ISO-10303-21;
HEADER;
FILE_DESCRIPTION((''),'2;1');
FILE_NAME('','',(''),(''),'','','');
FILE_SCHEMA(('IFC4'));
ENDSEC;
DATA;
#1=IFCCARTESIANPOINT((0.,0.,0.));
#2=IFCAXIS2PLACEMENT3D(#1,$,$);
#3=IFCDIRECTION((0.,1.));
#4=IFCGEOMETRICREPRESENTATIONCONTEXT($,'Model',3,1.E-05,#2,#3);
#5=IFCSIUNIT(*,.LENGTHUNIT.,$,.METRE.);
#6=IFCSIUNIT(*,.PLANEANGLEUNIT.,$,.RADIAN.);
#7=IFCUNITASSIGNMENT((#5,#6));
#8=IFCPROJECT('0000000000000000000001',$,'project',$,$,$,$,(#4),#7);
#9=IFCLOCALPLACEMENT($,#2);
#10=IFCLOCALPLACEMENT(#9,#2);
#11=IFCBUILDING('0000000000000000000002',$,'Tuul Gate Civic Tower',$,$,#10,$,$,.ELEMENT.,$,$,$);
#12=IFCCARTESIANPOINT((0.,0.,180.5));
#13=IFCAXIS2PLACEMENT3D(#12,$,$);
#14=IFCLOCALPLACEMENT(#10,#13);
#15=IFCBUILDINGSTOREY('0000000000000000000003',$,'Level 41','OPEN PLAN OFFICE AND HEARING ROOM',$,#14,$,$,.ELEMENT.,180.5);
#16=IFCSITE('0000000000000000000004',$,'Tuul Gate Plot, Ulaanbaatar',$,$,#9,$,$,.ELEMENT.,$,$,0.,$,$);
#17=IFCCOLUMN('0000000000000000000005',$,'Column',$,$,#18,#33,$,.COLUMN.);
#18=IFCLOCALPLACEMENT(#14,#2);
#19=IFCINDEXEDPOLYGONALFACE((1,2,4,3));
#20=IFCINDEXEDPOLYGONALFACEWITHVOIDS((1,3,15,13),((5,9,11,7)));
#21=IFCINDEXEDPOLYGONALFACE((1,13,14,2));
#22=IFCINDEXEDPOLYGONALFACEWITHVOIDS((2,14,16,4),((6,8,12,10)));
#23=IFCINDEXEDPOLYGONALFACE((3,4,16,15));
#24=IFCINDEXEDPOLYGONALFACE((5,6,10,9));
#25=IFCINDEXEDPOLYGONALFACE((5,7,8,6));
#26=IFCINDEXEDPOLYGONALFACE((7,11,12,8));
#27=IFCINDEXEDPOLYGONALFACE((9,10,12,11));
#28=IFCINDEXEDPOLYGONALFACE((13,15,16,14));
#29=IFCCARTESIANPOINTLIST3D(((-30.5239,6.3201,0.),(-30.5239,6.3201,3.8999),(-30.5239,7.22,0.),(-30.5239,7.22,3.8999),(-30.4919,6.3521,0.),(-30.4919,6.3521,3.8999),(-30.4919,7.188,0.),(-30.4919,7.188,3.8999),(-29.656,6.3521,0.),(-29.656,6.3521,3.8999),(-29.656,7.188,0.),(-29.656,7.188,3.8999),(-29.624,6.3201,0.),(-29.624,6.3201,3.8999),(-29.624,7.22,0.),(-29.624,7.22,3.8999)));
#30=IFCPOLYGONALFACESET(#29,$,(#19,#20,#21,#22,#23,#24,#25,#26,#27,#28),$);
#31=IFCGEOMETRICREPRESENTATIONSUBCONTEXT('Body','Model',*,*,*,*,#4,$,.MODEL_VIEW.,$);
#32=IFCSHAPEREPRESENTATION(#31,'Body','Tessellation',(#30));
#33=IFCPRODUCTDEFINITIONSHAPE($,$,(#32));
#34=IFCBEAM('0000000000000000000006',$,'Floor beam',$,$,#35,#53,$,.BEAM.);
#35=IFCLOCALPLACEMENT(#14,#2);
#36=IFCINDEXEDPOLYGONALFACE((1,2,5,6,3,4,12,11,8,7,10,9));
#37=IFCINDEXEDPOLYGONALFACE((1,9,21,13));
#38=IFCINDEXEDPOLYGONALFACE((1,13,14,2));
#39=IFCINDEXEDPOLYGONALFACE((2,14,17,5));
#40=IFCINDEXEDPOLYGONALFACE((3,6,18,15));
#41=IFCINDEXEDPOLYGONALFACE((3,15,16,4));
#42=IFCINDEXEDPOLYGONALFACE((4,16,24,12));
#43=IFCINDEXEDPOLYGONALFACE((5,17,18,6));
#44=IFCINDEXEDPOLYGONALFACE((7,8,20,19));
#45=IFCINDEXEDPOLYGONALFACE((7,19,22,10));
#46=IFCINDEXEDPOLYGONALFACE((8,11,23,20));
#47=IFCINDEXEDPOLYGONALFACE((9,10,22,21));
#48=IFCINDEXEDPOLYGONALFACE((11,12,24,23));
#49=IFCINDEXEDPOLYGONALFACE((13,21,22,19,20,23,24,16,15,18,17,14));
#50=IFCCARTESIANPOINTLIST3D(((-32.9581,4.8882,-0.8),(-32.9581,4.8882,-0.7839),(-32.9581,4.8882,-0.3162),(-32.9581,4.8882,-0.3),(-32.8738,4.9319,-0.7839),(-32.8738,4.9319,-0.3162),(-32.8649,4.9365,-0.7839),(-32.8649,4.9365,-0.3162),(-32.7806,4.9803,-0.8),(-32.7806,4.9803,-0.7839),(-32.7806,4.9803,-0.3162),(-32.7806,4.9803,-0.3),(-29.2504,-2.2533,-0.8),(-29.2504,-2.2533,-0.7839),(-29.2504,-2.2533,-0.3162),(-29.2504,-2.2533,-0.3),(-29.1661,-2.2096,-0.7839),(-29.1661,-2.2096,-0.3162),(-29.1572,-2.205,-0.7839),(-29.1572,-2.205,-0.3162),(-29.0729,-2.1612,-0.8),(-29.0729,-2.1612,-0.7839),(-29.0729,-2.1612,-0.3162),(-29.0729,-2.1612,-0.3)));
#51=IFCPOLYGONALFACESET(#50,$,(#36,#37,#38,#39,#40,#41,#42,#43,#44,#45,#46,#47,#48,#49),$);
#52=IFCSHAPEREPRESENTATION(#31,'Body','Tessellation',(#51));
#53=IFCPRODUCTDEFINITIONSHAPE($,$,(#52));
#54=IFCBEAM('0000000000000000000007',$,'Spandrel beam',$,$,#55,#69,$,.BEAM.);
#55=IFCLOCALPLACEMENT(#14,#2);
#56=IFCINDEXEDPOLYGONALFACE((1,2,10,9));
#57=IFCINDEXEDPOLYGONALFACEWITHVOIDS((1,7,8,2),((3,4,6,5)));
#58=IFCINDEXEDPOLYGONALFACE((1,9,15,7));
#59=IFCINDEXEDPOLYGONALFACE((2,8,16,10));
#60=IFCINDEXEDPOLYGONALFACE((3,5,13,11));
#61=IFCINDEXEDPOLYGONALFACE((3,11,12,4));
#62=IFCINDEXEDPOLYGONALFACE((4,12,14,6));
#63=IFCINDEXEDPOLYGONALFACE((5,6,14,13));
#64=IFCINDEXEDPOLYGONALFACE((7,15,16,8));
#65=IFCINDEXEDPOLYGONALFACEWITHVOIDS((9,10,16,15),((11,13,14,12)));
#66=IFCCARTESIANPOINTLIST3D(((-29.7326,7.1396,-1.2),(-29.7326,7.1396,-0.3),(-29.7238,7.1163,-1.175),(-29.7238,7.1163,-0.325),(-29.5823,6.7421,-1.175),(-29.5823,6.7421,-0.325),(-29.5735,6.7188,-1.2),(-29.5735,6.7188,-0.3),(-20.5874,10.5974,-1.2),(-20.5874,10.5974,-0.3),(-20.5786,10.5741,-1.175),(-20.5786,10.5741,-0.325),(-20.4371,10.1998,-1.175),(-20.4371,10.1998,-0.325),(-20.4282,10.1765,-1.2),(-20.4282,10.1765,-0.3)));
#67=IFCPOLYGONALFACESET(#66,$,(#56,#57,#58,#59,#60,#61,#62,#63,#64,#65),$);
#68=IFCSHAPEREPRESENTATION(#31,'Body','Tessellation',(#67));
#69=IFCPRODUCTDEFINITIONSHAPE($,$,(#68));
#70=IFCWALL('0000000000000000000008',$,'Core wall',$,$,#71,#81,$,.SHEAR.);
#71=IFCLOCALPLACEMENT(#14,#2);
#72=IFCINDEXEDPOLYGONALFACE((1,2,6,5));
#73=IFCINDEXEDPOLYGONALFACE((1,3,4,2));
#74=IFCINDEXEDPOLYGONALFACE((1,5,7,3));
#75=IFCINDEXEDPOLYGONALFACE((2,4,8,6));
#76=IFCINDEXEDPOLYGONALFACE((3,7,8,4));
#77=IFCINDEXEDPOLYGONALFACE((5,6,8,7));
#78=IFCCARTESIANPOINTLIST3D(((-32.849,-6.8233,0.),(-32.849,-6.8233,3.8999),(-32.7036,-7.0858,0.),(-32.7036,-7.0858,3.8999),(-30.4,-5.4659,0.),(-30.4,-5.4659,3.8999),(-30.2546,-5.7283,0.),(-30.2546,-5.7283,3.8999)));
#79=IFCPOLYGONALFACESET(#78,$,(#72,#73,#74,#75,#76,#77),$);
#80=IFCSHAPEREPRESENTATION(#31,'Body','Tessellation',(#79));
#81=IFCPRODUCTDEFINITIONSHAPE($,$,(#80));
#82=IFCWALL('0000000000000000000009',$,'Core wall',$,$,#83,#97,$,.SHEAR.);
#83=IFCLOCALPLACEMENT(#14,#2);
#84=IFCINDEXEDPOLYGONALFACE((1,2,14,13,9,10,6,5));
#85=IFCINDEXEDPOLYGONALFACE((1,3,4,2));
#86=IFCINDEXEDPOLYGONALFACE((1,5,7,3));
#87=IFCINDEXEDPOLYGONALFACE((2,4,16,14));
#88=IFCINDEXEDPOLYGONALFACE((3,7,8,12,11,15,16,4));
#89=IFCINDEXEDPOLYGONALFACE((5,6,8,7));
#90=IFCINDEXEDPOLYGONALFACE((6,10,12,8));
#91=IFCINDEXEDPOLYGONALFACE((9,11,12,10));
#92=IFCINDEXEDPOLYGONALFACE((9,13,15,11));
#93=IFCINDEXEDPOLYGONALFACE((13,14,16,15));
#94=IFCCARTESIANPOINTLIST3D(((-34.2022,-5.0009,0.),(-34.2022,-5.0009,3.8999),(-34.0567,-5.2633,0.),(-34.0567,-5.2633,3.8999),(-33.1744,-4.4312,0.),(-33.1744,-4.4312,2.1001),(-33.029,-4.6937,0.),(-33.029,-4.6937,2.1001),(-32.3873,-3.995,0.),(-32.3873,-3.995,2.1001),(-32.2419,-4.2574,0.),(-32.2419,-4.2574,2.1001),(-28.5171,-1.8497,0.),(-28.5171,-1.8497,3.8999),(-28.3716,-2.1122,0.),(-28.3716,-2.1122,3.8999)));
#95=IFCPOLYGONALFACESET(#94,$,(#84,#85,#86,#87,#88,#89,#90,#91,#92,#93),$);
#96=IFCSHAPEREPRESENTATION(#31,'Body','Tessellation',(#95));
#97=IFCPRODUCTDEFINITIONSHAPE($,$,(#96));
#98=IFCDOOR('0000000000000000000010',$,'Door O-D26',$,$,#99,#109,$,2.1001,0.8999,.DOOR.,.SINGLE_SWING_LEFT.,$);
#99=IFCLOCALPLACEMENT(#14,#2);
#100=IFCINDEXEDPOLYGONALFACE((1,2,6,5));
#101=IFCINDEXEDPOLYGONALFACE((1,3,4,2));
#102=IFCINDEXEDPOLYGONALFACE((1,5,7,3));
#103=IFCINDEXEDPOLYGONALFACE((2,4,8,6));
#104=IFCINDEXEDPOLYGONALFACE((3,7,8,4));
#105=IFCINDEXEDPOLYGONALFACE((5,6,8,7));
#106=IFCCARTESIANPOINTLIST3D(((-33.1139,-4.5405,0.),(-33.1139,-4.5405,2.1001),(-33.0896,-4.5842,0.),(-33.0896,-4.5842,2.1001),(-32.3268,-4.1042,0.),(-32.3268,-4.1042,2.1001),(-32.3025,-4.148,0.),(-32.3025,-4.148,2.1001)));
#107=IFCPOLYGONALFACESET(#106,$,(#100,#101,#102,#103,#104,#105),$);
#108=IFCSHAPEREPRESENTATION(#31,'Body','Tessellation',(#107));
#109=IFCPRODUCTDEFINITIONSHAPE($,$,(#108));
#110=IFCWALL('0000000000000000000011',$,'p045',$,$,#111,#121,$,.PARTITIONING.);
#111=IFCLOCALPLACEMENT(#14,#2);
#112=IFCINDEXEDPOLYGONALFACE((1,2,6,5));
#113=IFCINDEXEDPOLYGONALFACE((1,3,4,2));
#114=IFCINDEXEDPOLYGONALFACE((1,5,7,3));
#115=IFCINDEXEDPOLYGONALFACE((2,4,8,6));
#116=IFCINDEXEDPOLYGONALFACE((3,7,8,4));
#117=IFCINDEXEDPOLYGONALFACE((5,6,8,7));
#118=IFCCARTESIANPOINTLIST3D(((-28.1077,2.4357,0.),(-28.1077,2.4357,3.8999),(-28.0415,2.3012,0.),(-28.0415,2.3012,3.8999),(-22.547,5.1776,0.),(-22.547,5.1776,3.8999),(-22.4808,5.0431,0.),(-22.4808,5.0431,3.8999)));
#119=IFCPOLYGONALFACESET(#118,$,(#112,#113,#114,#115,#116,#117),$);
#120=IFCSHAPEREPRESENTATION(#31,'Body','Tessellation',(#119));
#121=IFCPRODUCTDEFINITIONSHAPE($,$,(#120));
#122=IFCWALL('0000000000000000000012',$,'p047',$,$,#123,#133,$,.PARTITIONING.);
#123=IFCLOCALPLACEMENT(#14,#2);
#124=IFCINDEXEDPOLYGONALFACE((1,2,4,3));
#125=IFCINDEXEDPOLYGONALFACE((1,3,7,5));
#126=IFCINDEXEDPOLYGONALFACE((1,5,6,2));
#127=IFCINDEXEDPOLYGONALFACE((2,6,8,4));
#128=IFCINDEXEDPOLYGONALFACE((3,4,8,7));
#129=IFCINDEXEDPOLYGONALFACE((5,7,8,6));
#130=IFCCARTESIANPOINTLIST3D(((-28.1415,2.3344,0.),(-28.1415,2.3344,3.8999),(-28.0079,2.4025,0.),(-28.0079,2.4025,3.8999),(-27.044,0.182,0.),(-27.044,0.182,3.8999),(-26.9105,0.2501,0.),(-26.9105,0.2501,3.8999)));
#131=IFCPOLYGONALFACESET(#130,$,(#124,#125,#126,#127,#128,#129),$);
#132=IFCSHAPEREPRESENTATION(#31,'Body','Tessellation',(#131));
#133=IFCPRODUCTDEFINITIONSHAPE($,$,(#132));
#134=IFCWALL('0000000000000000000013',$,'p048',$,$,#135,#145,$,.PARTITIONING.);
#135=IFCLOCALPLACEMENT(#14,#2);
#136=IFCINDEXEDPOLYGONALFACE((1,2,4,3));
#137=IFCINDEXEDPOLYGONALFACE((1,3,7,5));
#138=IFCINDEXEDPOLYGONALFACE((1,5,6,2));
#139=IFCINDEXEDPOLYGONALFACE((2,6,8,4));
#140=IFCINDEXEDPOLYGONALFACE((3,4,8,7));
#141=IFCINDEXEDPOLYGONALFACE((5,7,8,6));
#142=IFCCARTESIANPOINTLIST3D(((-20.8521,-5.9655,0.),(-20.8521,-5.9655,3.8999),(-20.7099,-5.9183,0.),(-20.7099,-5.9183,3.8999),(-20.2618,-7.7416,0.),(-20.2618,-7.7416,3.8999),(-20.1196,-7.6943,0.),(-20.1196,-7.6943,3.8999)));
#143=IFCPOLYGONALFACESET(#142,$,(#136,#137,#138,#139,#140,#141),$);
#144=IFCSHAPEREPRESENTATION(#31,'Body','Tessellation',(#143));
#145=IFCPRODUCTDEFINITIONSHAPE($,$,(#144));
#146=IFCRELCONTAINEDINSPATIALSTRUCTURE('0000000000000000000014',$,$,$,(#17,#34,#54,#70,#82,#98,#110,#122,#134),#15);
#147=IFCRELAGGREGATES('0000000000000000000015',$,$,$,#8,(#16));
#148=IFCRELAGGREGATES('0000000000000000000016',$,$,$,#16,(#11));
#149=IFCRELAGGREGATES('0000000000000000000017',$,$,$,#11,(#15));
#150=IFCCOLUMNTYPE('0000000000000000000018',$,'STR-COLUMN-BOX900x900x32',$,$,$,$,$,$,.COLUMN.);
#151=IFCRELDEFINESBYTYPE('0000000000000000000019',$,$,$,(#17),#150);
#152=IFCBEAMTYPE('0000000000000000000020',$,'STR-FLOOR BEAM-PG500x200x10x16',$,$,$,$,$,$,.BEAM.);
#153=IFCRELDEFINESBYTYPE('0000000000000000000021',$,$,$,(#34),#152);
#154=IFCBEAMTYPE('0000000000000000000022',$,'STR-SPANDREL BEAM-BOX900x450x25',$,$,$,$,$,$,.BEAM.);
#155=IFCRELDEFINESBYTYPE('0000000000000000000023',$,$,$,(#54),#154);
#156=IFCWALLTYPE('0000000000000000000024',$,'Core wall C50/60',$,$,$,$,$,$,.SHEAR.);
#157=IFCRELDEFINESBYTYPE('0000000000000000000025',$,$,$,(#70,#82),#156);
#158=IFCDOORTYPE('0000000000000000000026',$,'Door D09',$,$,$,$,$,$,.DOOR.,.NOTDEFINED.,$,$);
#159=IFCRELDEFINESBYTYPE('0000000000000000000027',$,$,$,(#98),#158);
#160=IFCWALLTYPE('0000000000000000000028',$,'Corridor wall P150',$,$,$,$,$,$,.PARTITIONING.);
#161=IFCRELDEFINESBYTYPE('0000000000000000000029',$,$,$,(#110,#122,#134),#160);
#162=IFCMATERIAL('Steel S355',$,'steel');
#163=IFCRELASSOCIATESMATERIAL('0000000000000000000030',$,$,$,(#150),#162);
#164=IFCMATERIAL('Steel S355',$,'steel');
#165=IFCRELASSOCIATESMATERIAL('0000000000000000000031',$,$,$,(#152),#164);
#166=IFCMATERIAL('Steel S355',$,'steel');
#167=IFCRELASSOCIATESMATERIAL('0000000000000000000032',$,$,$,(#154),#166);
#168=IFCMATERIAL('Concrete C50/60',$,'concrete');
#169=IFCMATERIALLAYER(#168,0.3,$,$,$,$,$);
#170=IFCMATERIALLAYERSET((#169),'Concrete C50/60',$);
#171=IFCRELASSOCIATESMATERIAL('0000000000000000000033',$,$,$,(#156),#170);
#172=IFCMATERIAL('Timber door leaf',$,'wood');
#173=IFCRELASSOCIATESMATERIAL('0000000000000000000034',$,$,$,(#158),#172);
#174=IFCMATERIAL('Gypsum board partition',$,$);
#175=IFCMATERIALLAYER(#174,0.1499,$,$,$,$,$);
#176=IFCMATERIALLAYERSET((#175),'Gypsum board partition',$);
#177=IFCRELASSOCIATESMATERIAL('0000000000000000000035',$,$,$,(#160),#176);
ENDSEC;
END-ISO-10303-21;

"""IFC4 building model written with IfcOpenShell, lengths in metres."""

from ifc_helpers import new_model, si_unit, direction, frame, frame_2d, origin, origin_2d, place, context, subcontext, project, spatial, rectangle, hollow_rectangle, i_section, extrude, material, layer, layer_set, material_profile, profile_set, type_object, element, fill, save


model = new_model("IFC4")

# Units and contexts
model_context = context("Model", 3, precision=1e-05, world=origin(), true_north=direction((0.0, 1.0)))
body_context = subcontext(model_context, "Body", "Model", "MODEL_VIEW")
ifc_project = project(units=[si_unit("LENGTHUNIT", "METRE"), si_unit("PLANEANGLEUNIT", "RADIAN")], contexts=[model_context])

# Site, building, storey
site_placement = place(None, origin())
site = spatial("IfcSite", under=ifc_project, at=site_placement, Name="Tuul Gate Plot, Ulaanbaatar", CompositionType="ELEMENT", RefElevation=0.0)
building_placement = place(site_placement, origin())
building = spatial("IfcBuilding", under=site, at=building_placement, Name="Tuul Gate Civic Tower", CompositionType="ELEMENT")
storey_placement = place(building_placement, frame((0.0, 0.0, 180.5)))
storey = spatial("IfcBuildingStorey", under=building, at=storey_placement, Name="Level 41", Description="OPEN PLAN OFFICE AND HEARING ROOM", CompositionType="ELEMENT", Elevation=180.5)

# Column
ifc_material_1 = material(Name="Steel S355", Category="steel")
ifc_material_profile_1 = material_profile(ifc_material_1, hollow_rectangle(XDim=0.8999, YDim=0.8999, WallThickness=0.032, at=origin_2d()), Name="BOX900x900x32")
ifc_profile_set_1 = profile_set([ifc_material_profile_1], Name="Steel S355")
column_type = type_object("IfcColumnType", Name="STR-COLUMN-BOX900x900x32", PredefinedType="COLUMN", material=ifc_profile_set_1)
column_placement = place(storey_placement, frame((-30.074, 6.77, 0.0), z_axis=(0.0, 0.0, 1.0), x_axis=(1.0, 0.0, 0.0)))
element("IfcColumn", 1, at=column_placement, inside=storey, type_object=column_type, Name="Column", PredefinedType="COLUMN", context=body_context, shape_type="SweptSolid", body=[
    extrude(hollow_rectangle(XDim=0.8999, YDim=0.8999, WallThickness=0.032, at=origin_2d()), origin(), (0.0, 0.0, 1.0), 3.8999),
])

# Beams
ifc_material_2 = material(Name="Steel S355", Category="steel")
ifc_material_profile_2 = material_profile(ifc_material_2, i_section(OverallWidth=0.2, OverallDepth=0.5, WebThickness=0.01, FlangeThickness=0.0161, at=origin_2d()), Name="PG500x200x10x16")
ifc_profile_set_2 = profile_set([ifc_material_profile_2], Name="Steel S355")
beam_type_1 = type_object("IfcBeamType", Name="STR-FLOOR BEAM-PG500x200x10x16", PredefinedType="BEAM", material=ifc_profile_set_2)
beam_1_placement = place(storey_placement, frame((-29.1616, -2.2073, -0.55), z_axis=(-0.460779, 0.887515, 0.0), x_axis=(-0.887515, -0.460779, 0.0)))
element("IfcBeam", 2, at=beam_1_placement, inside=storey, type_object=beam_type_1, Name="Floor beam", PredefinedType="BEAM", context=body_context, shape_type="SweptSolid", body=[
    extrude(i_section(OverallWidth=0.2, OverallDepth=0.5, WebThickness=0.01, FlangeThickness=0.0161, at=origin_2d()), origin(), (0.0, 0.0, 1.0), 8.0466),
])
ifc_material_3 = material(Name="Steel S355", Category="steel")
ifc_material_profile_3 = material_profile(ifc_material_3, hollow_rectangle(XDim=0.45, YDim=0.8999, WallThickness=0.0249, at=origin_2d()), Name="BOX900x450x25")
ifc_profile_set_3 = profile_set([ifc_material_profile_3], Name="Steel S355")
beam_type_2 = type_object("IfcBeamType", Name="STR-SPANDREL BEAM-BOX900x450x25", PredefinedType="BEAM", material=ifc_profile_set_3)
beam_2_placement = place(storey_placement, frame((-20.5078, 10.387, -0.75), z_axis=(-0.935374, -0.353659, 0.0), x_axis=(0.353659, -0.935374, 0.0)))
element("IfcBeam", 3, at=beam_2_placement, inside=storey, type_object=beam_type_2, Name="Spandrel beam", PredefinedType="BEAM", context=body_context, shape_type="SweptSolid", body=[
    extrude(hollow_rectangle(XDim=0.45, YDim=0.8999, WallThickness=0.0249, at=origin_2d()), origin(), (0.0, 0.0, 1.0), 9.7771),
])

# Wall
ifc_material_4 = material(Name="Concrete C50/60", Category="concrete")
ifc_layer_1 = layer(ifc_material_4, 0.3)
ifc_layer_set_1 = layer_set([ifc_layer_1], Name="Concrete C50/60")
wall_type_1 = type_object("IfcWallType", Name="Core wall C50/60", PredefinedType="SHEAR", material=ifc_layer_set_1)
wall_1_placement = place(storey_placement, frame((-30.3274, -5.5972, 0.0), z_axis=(0.0, 0.0, 1.0), x_axis=(-0.87463, -0.484791, 0.0)))
element("IfcWall", 4, at=wall_1_placement, inside=storey, type_object=wall_type_1, Name="Core wall", PredefinedType="SHEAR", context=body_context, shape_type="SweptSolid", body=[
    extrude(rectangle(XDim=2.8, YDim=0.3, at=frame_2d((1.3999, 0.0))), origin(), (0.0, 0.0, 1.0), 3.8999),
])

# Wall, opening, door
wall_2_placement = place(storey_placement, frame((-28.4443, -1.981, 0.0), z_axis=(0.0, 0.0, 1.0), x_axis=(-0.87463, -0.484791, 0.0)))
wall_2 = element("IfcWall", 5, at=wall_2_placement, inside=storey, type_object=wall_type_1, Name="Core wall", PredefinedType="SHEAR", context=body_context, shape_type="SweptSolid", body=[
    extrude(rectangle(XDim=6.5, YDim=0.3, at=frame_2d((3.25, 0.0))), origin(), (0.0, 0.0, 1.0), 3.8999),
])
opening_1_placement = place(wall_2_placement, frame((4.425, 0.0, 0.0)))
opening_1 = element("IfcOpeningElement", 6, at=opening_1_placement, cuts=wall_2, PredefinedType="OPENING", context=body_context, shape_type="SweptSolid", body=[
    extrude(rectangle(XDim=0.8999, YDim=2.1001, at=frame_2d((0.45, 1.05))), frame((0.0, 0.1602, 0.0), z_axis=(0.0, -1.0, 0.0), x_axis=(1.0, 0.0, 0.0)), (0.0, 0.0, 1.0), 0.3201),
])
ifc_material_5 = material(Name="Timber door leaf", Category="wood")
door_type_1 = type_object("IfcDoorType", Name="Door D09", OperationType="NOTDEFINED", PredefinedType="DOOR", material=ifc_material_5)
door_1_placement = place(opening_1_placement, origin())
door_1 = element("IfcDoor", 7, at=door_1_placement, inside=storey, type_object=door_type_1, Name="Door O-D26", OperationType="SINGLE_SWING_LEFT", OverallHeight=2.1001, OverallWidth=0.8999, PredefinedType="DOOR", context=body_context, shape_type="SweptSolid", body=[
    extrude(rectangle(XDim=0.8999, YDim=2.1001, at=frame_2d((0.45, 1.05))), frame((0.0, 0.0249, 0.0), z_axis=(0.0, -1.0, 0.0), x_axis=(1.0, 0.0, 0.0)), (0.0, 0.0, 1.0), 0.05),
])
fill(opening_1, door_1)

# Walls
ifc_material_6 = material(Name="Gypsum board partition")
ifc_layer_2 = layer(ifc_material_6, 0.1499)
ifc_layer_set_2 = layer_set([ifc_layer_2], Name="Gypsum board partition")
wall_type_2 = type_object("IfcWallType", Name="Corridor wall P150", PredefinedType="PARTITIONING", material=ifc_layer_set_2)
wall_3_placement = place(storey_placement, frame((-28.0747, 2.3684, 0.0), z_axis=(0.0, 0.0, 1.0), x_axis=(0.896894, 0.442245, 0.0)))
element("IfcWall", 8, at=wall_3_placement, inside=storey, type_object=wall_type_2, Name="p045", PredefinedType="PARTITIONING", context=body_context, shape_type="SweptSolid", body=[
    extrude(rectangle(XDim=6.2, YDim=0.1499, at=frame_2d((3.1001, 0.0))), origin(), (0.0, 0.0, 1.0), 3.8999),
])
wall_4_placement = place(storey_placement, frame((-28.0747, 2.3684, 0.0), z_axis=(0.0, 0.0, 1.0), x_axis=(0.454233, -0.890883, 0.0)))
element("IfcWall", 9, at=wall_4_placement, inside=storey, type_object=wall_type_2, Name="p047", PredefinedType="PARTITIONING", context=body_context, shape_type="SweptSolid", body=[
    extrude(rectangle(XDim=2.416, YDim=0.1499, at=frame_2d((1.208, 0.0))), origin(), (0.0, 0.0, 1.0), 3.8999),
])
wall_5_placement = place(storey_placement, frame((-20.781, -5.9419, 0.0), z_axis=(0.0, 0.0, 1.0), x_axis=(0.315406, -0.948957, 0.0)))
element("IfcWall", 10, at=wall_5_placement, inside=storey, type_object=wall_type_2, Name="p048", PredefinedType="PARTITIONING", context=body_context, shape_type="SweptSolid", body=[
    extrude(rectangle(XDim=1.8716, YDim=0.1499, at=frame_2d((0.9358, 0.0))), origin(), (0.0, 0.0, 1.0), 3.8999),
])

save(model, "model.ifc")
